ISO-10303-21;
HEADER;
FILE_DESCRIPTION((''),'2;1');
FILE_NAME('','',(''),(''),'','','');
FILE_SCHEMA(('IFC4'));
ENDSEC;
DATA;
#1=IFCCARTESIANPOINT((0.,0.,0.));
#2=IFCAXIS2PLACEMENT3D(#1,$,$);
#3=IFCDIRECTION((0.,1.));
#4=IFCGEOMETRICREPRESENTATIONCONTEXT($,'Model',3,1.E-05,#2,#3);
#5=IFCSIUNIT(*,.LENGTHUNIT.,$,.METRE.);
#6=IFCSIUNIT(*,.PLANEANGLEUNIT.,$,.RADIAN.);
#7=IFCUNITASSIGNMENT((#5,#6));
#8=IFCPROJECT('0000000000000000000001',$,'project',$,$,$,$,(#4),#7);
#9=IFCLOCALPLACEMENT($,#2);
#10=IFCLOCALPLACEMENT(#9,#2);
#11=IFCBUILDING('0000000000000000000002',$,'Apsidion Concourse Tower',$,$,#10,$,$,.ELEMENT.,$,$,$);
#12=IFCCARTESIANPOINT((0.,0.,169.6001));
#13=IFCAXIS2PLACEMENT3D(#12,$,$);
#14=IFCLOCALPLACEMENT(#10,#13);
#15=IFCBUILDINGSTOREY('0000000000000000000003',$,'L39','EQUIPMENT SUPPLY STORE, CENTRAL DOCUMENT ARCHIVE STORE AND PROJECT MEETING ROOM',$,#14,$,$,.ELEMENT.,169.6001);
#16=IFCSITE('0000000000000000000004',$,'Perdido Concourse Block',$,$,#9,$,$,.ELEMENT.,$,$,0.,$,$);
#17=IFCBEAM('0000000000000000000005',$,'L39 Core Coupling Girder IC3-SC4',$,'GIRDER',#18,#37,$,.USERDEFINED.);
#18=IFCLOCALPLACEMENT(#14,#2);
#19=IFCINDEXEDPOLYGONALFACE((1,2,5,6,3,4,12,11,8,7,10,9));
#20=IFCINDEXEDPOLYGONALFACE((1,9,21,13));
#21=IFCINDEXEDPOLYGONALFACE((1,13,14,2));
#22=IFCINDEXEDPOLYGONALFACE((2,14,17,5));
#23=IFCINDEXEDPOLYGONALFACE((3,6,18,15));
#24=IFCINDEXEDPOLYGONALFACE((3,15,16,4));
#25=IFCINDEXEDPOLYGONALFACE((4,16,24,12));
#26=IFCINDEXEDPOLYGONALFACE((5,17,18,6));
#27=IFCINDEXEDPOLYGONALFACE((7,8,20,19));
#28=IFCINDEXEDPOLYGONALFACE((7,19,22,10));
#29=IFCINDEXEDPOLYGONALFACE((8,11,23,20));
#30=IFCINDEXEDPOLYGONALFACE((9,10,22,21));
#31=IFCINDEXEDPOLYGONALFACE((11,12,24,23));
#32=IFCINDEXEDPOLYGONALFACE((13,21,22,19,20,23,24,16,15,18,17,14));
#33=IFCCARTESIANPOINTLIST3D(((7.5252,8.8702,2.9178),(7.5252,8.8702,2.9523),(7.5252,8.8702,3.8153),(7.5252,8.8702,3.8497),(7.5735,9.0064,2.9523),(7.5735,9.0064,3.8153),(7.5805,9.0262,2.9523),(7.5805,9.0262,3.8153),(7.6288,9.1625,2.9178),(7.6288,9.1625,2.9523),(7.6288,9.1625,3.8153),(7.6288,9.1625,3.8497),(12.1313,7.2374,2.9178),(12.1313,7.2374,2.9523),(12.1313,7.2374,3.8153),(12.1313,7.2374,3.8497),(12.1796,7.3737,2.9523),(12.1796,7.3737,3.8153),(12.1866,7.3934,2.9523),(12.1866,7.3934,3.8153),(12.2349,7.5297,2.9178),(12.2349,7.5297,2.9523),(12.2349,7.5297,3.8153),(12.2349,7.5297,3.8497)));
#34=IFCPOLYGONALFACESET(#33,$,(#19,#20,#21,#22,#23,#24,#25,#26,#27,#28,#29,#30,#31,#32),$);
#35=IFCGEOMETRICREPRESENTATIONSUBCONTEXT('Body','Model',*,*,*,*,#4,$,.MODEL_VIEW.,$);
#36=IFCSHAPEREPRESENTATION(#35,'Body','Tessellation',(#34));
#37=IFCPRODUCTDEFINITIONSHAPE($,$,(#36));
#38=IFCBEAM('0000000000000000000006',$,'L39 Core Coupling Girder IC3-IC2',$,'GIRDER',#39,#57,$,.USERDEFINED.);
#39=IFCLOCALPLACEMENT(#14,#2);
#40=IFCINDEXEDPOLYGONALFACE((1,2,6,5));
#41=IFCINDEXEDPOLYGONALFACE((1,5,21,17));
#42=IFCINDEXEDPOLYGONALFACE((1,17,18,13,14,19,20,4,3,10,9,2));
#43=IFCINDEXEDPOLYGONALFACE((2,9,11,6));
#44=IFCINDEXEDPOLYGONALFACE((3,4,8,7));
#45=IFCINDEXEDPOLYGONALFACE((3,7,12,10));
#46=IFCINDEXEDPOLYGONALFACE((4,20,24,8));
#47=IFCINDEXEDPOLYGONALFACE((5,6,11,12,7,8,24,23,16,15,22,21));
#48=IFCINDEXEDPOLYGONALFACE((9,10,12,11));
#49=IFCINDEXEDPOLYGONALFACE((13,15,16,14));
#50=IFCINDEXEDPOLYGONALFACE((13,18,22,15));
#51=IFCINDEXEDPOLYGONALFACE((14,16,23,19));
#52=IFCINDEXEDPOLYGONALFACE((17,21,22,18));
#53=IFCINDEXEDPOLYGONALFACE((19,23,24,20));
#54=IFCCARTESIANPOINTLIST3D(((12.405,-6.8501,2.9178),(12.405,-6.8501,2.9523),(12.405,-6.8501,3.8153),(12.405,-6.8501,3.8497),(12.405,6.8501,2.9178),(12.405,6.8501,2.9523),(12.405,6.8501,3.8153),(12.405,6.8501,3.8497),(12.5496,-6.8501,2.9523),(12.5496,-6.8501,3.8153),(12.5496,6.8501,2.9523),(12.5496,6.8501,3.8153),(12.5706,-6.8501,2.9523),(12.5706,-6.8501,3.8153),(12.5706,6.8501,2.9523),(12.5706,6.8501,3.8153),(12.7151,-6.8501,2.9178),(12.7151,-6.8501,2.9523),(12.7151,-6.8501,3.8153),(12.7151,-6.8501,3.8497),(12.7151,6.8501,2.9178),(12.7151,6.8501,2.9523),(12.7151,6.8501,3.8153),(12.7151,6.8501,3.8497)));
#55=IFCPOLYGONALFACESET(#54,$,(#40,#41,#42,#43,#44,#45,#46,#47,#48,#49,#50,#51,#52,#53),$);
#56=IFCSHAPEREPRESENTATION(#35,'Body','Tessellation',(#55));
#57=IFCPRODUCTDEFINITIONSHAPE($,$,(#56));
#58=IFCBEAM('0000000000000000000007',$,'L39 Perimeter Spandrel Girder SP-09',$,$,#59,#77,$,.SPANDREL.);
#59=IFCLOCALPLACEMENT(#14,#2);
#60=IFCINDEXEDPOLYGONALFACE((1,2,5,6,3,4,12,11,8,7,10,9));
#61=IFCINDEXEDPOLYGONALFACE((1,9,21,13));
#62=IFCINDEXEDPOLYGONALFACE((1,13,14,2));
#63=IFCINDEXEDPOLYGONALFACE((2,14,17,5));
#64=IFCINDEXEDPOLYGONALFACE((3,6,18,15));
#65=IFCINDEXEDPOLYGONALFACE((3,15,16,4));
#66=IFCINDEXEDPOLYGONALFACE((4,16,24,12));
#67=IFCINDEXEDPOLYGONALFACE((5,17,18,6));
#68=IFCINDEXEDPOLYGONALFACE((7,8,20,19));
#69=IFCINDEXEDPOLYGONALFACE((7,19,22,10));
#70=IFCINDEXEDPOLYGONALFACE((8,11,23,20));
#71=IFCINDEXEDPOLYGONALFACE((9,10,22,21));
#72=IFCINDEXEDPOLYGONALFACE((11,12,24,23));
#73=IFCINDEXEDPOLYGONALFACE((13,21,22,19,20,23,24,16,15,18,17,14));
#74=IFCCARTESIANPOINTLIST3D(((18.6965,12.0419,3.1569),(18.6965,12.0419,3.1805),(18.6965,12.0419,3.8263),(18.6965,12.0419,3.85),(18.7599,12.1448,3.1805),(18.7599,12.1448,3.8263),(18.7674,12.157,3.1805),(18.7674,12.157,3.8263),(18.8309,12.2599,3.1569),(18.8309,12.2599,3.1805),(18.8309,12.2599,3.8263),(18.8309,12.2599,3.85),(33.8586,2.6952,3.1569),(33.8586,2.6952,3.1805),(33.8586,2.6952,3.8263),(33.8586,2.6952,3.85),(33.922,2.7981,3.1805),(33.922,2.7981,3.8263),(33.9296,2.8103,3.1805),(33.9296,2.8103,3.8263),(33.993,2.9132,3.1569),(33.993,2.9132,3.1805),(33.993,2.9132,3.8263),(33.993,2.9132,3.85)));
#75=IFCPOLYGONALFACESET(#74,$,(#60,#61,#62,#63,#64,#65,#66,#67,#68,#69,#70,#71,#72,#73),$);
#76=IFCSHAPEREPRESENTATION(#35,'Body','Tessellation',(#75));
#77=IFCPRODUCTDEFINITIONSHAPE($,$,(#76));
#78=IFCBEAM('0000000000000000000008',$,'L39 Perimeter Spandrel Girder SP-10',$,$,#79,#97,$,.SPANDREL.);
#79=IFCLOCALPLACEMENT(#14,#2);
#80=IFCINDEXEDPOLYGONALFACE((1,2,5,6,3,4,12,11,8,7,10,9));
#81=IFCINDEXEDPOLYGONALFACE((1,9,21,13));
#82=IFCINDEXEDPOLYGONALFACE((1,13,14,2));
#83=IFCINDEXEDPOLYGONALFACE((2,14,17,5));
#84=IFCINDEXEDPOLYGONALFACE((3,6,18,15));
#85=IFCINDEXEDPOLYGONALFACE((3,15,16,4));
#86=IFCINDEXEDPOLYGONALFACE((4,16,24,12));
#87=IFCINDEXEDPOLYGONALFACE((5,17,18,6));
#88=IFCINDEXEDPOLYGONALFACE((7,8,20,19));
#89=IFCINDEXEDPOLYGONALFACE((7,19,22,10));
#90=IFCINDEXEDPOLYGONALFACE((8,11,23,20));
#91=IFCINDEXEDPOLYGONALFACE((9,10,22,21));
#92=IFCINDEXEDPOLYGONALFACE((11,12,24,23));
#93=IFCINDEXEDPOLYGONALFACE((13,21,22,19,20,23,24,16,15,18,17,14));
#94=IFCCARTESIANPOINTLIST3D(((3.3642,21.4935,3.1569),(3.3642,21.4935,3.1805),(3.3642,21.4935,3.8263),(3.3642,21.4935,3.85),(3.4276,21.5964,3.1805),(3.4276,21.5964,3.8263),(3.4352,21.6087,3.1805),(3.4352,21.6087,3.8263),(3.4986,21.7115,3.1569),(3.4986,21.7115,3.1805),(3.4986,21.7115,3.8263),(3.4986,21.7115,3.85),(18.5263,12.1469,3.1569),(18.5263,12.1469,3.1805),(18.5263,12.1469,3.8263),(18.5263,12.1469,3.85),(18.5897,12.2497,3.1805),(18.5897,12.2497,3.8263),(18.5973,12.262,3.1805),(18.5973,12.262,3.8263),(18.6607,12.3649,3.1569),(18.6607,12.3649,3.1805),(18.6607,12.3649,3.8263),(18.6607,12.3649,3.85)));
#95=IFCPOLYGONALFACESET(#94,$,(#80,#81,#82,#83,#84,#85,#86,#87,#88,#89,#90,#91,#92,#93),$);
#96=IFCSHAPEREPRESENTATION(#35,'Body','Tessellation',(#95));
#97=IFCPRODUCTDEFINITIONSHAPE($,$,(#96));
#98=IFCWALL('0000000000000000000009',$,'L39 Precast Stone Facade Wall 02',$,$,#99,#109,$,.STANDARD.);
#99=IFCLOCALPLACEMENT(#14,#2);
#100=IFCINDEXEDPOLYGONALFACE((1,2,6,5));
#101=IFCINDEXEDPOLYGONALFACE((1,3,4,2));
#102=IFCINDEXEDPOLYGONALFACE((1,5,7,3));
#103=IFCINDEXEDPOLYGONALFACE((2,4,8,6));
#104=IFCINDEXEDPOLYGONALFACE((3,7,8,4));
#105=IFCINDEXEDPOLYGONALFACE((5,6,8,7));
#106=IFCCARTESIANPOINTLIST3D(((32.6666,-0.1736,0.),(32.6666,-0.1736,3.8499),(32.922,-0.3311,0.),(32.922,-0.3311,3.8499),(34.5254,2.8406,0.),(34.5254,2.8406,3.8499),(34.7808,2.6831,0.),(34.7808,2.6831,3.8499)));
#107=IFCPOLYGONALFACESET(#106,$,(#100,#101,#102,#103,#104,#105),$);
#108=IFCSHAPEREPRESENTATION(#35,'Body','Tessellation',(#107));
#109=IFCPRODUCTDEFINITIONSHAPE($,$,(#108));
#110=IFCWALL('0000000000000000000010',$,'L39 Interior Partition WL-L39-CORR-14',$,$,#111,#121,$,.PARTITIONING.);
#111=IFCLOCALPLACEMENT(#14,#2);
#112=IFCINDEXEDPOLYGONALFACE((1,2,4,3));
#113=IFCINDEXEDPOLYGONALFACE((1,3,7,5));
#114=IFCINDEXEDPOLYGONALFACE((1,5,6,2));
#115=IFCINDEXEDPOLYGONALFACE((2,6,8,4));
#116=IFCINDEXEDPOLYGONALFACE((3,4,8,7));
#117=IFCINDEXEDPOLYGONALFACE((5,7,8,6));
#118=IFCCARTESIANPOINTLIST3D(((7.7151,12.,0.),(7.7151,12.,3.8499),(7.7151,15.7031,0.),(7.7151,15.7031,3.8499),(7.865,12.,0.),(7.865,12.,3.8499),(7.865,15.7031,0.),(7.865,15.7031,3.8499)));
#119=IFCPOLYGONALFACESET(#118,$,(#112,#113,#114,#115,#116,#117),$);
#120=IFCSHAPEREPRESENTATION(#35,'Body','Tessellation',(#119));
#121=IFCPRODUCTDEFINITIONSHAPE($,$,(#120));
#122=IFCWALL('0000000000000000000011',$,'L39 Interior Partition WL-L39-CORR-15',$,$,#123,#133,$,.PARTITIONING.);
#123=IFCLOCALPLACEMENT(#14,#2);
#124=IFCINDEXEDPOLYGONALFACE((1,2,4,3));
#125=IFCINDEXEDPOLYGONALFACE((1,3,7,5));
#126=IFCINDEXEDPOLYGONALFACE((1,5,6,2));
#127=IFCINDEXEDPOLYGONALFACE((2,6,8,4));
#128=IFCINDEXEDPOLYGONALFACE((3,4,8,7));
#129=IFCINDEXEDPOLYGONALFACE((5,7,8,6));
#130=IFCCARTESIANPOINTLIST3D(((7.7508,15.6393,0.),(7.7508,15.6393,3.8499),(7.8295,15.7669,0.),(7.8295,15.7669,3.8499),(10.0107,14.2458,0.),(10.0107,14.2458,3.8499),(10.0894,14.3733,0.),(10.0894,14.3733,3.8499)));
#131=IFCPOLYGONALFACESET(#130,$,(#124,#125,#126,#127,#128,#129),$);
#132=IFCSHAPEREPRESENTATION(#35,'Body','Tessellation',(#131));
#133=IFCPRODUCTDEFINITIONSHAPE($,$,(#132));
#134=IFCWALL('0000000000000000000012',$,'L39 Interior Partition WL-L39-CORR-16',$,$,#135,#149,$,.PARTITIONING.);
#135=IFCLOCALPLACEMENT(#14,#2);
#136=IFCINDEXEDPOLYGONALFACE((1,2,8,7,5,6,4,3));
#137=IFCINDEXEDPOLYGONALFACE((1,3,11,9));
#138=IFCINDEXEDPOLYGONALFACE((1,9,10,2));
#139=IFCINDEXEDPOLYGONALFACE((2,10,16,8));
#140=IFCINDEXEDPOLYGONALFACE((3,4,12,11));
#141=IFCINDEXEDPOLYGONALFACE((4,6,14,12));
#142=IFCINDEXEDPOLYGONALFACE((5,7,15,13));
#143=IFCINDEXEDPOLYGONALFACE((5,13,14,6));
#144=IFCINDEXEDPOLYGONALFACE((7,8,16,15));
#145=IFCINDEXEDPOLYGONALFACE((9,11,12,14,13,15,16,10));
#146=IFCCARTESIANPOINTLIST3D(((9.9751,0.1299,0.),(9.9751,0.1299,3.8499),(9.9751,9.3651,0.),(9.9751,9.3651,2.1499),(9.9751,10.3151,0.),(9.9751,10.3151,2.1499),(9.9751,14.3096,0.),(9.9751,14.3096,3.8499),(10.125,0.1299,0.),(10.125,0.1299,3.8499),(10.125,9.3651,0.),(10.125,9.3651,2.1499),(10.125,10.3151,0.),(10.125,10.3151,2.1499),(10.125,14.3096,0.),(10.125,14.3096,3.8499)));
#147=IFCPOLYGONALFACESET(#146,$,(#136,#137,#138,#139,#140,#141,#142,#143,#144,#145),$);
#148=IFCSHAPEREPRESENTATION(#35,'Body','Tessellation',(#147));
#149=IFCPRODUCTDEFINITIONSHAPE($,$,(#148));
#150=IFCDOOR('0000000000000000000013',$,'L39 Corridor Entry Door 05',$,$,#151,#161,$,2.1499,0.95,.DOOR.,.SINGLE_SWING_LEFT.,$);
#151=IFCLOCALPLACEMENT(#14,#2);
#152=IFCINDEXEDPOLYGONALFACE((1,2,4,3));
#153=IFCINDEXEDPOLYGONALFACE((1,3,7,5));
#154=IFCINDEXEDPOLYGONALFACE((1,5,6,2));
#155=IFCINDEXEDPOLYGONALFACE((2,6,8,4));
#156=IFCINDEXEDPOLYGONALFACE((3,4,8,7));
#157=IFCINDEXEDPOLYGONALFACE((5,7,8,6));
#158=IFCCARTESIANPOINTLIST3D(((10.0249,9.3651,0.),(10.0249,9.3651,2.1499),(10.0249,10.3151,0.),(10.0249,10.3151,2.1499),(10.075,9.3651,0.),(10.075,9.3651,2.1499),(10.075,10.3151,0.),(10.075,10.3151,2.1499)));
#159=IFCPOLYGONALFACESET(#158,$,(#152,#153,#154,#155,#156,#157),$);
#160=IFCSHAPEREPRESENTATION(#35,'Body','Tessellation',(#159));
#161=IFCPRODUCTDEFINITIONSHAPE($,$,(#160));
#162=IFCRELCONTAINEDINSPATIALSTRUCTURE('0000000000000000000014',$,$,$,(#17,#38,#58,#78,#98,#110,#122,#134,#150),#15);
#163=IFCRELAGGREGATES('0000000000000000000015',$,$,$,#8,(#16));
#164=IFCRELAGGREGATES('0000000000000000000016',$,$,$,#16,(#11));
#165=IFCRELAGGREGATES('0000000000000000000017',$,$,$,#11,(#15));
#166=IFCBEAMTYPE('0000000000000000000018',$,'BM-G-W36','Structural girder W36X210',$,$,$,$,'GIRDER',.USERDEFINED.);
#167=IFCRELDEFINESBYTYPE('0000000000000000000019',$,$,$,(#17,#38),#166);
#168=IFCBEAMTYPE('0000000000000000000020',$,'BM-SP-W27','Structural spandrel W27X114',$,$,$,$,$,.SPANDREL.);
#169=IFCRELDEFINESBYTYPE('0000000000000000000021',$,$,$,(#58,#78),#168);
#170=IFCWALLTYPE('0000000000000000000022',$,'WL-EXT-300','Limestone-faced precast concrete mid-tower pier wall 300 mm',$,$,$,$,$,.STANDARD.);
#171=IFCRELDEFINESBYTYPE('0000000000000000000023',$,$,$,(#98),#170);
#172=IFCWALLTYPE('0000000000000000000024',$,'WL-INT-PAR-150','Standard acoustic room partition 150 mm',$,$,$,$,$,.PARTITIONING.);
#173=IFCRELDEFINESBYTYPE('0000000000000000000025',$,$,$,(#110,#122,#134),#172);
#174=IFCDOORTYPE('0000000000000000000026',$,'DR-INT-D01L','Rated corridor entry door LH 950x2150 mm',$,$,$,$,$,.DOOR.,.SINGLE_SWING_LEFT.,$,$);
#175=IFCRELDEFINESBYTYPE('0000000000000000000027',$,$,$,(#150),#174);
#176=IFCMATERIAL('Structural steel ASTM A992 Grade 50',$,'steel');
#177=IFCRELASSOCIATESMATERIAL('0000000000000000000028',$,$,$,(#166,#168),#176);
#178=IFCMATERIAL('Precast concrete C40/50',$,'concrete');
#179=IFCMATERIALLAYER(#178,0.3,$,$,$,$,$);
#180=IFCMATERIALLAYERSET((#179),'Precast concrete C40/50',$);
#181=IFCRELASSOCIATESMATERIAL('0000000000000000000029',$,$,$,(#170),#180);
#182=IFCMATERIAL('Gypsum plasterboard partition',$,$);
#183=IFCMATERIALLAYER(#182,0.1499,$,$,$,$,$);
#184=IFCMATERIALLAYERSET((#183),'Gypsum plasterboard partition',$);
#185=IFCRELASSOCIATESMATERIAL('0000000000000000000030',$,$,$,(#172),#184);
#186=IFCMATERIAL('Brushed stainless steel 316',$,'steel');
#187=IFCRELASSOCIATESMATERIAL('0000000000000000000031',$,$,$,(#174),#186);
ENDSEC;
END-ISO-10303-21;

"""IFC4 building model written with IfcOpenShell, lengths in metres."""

from ifc_helpers import new_model, si_unit, direction, frame, frame_2d, origin, origin_2d, place, context, subcontext, project, spatial, rectangle, i_section, extrude, material, layer, layer_set, material_profile, profile_set, type_object, element, fill, save


model = new_model("IFC4")

# Units and contexts
model_context = context("Model", 3, precision=1e-05, world=origin(), true_north=direction((0.0, 1.0)))
body_context = subcontext(model_context, "Body", "Model", "MODEL_VIEW")
ifc_project = project(units=[si_unit("LENGTHUNIT", "METRE"), si_unit("PLANEANGLEUNIT", "RADIAN")], contexts=[model_context])

# Site, building, storey
site_placement = place(None, origin())
site = spatial("IfcSite", under=ifc_project, at=site_placement, Name="Perdido Concourse Block", CompositionType="ELEMENT", RefElevation=0.0)
building_placement = place(site_placement, origin())
building = spatial("IfcBuilding", under=site, at=building_placement, Name="Apsidion Concourse Tower", CompositionType="ELEMENT")
storey_placement = place(building_placement, frame((0.0, 0.0, 169.6001)))
storey = spatial("IfcBuildingStorey", under=building, at=storey_placement, Name="L39", Description="EQUIPMENT SUPPLY STORE, CENTRAL DOCUMENT ARCHIVE STORE AND PROJECT MEETING ROOM", CompositionType="ELEMENT", Elevation=169.6001)

# Shared definitions
ifc_material_1 = material(Name="Structural steel ASTM A992 Grade 50", Category="steel")

# Beams
ifc_material_profile_1 = material_profile(ifc_material_1, i_section(OverallWidth=0.3101, OverallDepth=0.9319, WebThickness=0.021, FlangeThickness=0.0344, at=origin_2d()), Name="W36X210")
ifc_profile_set_1 = profile_set([ifc_material_profile_1], Name="Structural steel ASTM A992 Grade 50")
beam_type_1 = type_object("IfcBeamType", Name="BM-G-W36", Description="Structural girder W36X210", ElementType="GIRDER", PredefinedType="USERDEFINED", material=ifc_profile_set_1)
beam_1_placement = place(storey_placement, frame((12.1831, 7.3835, 3.3838), z_axis=(-0.942534, 0.334111, 0.0), x_axis=(-0.334111, -0.942534, 0.0)))
element("IfcBeam", 1, at=beam_1_placement, inside=storey, type_object=beam_type_1, Name="L39 Core Coupling Girder IC3-SC4", ObjectType="GIRDER", PredefinedType="USERDEFINED", context=body_context, shape_type="SweptSolid", body=[
    extrude(i_section(OverallWidth=0.3101, OverallDepth=0.9319, WebThickness=0.021, FlangeThickness=0.0344, at=origin_2d()), origin(), (0.0, 0.0, 1.0), 4.887),
])
beam_2_placement = place(storey_placement, frame((12.5601, 6.8501, 3.3838), z_axis=(0.0, -1.0, 0.0), x_axis=(1.0, 0.0, 0.0)))
element("IfcBeam", 2, at=beam_2_placement, inside=storey, type_object=beam_type_1, Name="L39 Core Coupling Girder IC3-IC2", ObjectType="GIRDER", PredefinedType="USERDEFINED", context=body_context, shape_type="SweptSolid", body=[
    extrude(i_section(OverallWidth=0.3101, OverallDepth=0.9319, WebThickness=0.021, FlangeThickness=0.0344, at=origin_2d()), origin(), (0.0, 0.0, 1.0), 13.7002),
])
ifc_material_profile_2 = material_profile(ifc_material_1, i_section(OverallWidth=0.2561, OverallDepth=0.6931, WebThickness=0.0144, FlangeThickness=0.0237, at=origin_2d()), Name="W27X114")
ifc_profile_set_2 = profile_set([ifc_material_profile_2], Name="Structural steel ASTM A992 Grade 50")
beam_type_2 = type_object("IfcBeamType", Name="BM-SP-W27", Description="Structural spandrel W27X114", PredefinedType="SPANDREL", material=ifc_profile_set_2)
for number, where, z_axis, x_axis, name in (
    (3, (33.9258, 2.8042, 3.5034), (-0.851253, 0.524755, 0.0), (-0.524755, -0.851253, 0.0), "L39 Perimeter Spandrel Girder SP-09"),
    (4, (18.5935, 12.2559, 3.5034), (-0.851253, 0.524755, 0.0), (-0.524755, -0.851253, 0.0), "L39 Perimeter Spandrel Girder SP-10"),
):
    element("IfcBeam", number, at=place(storey_placement, frame(where, z_axis=z_axis, x_axis=x_axis)), inside=storey, type_object=beam_type_2, Name=name, PredefinedType="SPANDREL", context=body_context, shape_type="SweptSolid", body=[
        extrude(i_section(OverallWidth=0.2561, OverallDepth=0.6931, WebThickness=0.0144, FlangeThickness=0.0237, at=origin_2d()), origin(), (0.0, 0.0, 1.0), 17.8115),
    ])

# Walls
ifc_material_2 = material(Name="Precast concrete C40/50", Category="concrete")
ifc_layer_1 = layer(ifc_material_2, 0.3)
ifc_layer_set_1 = layer_set([ifc_layer_1], Name="Precast concrete C40/50")
wall_type_1 = type_object("IfcWallType", Name="WL-EXT-300", Description="Limestone-faced precast concrete mid-tower pier wall 300 mm", PredefinedType="STANDARD", material=ifc_layer_set_1)
wall_1_placement = place(storey_placement, frame((34.6531, 2.7617, 0.0), z_axis=(0.0, 0.0, 1.0), x_axis=(-0.52492, -0.851151, 0.0)))
element("IfcWall", 5, at=wall_1_placement, inside=storey, type_object=wall_type_1, Name="L39 Precast Stone Facade Wall 02", PredefinedType="STANDARD", context=body_context, shape_type="SweptSolid", body=[
    extrude(rectangle(XDim=3.5413, YDim=0.3, at=frame_2d((1.7705, 0.0))), origin(), (0.0, 0.0, 1.0), 3.8499),
])
ifc_material_3 = material(Name="Gypsum plasterboard partition")
ifc_layer_2 = layer(ifc_material_3, 0.1499)
ifc_layer_set_2 = layer_set([ifc_layer_2], Name="Gypsum plasterboard partition")
wall_type_2 = type_object("IfcWallType", Name="WL-INT-PAR-150", Description="Standard acoustic room partition 150 mm", PredefinedType="PARTITIONING", material=ifc_layer_set_2)
wall_2_placement = place(storey_placement, frame((7.79, 12.0, 0.0), z_axis=(0.0, 0.0, 1.0), x_axis=(0.0, 1.0, 0.0)))
element("IfcWall", 6, at=wall_2_placement, inside=storey, type_object=wall_type_2, Name="L39 Interior Partition WL-L39-CORR-14", PredefinedType="PARTITIONING", context=body_context, shape_type="SweptSolid", body=[
    extrude(rectangle(XDim=3.7031, YDim=0.1499, at=frame_2d((1.8516, 0.0))), origin(), (0.0, 0.0, 1.0), 3.8499),
])
wall_3_placement = place(storey_placement, frame((7.79, 15.7031, 0.0), z_axis=(0.0, 0.0, 1.0), x_axis=(0.851191, -0.524857, 0.0)))
element("IfcWall", 7, at=wall_3_placement, inside=storey, type_object=wall_type_2, Name="L39 Interior Partition WL-L39-CORR-15", PredefinedType="PARTITIONING", context=body_context, shape_type="SweptSolid", body=[
    extrude(rectangle(XDim=2.655, YDim=0.1499, at=frame_2d((1.3276, 0.0))), origin(), (0.0, 0.0, 1.0), 3.8499),
])

# Wall, opening, door
wall_4_placement = place(storey_placement, frame((10.05, 14.3096, 0.0), z_axis=(0.0, 0.0, 1.0), x_axis=(0.0, -1.0, 0.0)))
wall_4 = element("IfcWall", 8, at=wall_4_placement, inside=storey, type_object=wall_type_2, Name="L39 Interior Partition WL-L39-CORR-16", PredefinedType="PARTITIONING", context=body_context, shape_type="SweptSolid", body=[
    extrude(rectangle(XDim=14.1797, YDim=0.1499, at=frame_2d((7.0898, 0.0))), origin(), (0.0, 0.0, 1.0), 3.8499),
])
opening_1_placement = place(wall_4_placement, frame((3.9944, 0.0, 0.0)))
opening_1 = element("IfcOpeningElement", 9, at=opening_1_placement, cuts=wall_4, PredefinedType="OPENING", context=body_context, shape_type="SweptSolid", body=[
    extrude(rectangle(XDim=0.95, YDim=2.1499, at=frame_2d((0.4751, 1.075))), frame((0.0, 0.085, 0.0), z_axis=(0.0, -1.0, 0.0), x_axis=(1.0, 0.0, 0.0)), (0.0, 0.0, 1.0), 0.1699),
])
ifc_material_4 = material(Name="Brushed stainless steel 316", Category="steel")
door_type_1 = type_object("IfcDoorType", Name="DR-INT-D01L", Description="Rated corridor entry door LH 950x2150 mm", OperationType="SINGLE_SWING_LEFT", PredefinedType="DOOR", material=ifc_material_4)
door_1_placement = place(opening_1_placement, origin())
door_1 = element("IfcDoor", 10, at=door_1_placement, inside=storey, type_object=door_type_1, Name="L39 Corridor Entry Door 05", OperationType="SINGLE_SWING_LEFT", OverallHeight=2.1499, OverallWidth=0.95, PredefinedType="DOOR", context=body_context, shape_type="SweptSolid", body=[
    extrude(rectangle(XDim=0.95, YDim=2.1499, at=frame_2d((0.4751, 1.075))), frame((0.0, 0.0249, 0.0), z_axis=(0.0, -1.0, 0.0), x_axis=(1.0, 0.0, 0.0)), (0.0, 0.0, 1.0), 0.05),
])
fill(opening_1, door_1)

save(model, "model.ifc")
